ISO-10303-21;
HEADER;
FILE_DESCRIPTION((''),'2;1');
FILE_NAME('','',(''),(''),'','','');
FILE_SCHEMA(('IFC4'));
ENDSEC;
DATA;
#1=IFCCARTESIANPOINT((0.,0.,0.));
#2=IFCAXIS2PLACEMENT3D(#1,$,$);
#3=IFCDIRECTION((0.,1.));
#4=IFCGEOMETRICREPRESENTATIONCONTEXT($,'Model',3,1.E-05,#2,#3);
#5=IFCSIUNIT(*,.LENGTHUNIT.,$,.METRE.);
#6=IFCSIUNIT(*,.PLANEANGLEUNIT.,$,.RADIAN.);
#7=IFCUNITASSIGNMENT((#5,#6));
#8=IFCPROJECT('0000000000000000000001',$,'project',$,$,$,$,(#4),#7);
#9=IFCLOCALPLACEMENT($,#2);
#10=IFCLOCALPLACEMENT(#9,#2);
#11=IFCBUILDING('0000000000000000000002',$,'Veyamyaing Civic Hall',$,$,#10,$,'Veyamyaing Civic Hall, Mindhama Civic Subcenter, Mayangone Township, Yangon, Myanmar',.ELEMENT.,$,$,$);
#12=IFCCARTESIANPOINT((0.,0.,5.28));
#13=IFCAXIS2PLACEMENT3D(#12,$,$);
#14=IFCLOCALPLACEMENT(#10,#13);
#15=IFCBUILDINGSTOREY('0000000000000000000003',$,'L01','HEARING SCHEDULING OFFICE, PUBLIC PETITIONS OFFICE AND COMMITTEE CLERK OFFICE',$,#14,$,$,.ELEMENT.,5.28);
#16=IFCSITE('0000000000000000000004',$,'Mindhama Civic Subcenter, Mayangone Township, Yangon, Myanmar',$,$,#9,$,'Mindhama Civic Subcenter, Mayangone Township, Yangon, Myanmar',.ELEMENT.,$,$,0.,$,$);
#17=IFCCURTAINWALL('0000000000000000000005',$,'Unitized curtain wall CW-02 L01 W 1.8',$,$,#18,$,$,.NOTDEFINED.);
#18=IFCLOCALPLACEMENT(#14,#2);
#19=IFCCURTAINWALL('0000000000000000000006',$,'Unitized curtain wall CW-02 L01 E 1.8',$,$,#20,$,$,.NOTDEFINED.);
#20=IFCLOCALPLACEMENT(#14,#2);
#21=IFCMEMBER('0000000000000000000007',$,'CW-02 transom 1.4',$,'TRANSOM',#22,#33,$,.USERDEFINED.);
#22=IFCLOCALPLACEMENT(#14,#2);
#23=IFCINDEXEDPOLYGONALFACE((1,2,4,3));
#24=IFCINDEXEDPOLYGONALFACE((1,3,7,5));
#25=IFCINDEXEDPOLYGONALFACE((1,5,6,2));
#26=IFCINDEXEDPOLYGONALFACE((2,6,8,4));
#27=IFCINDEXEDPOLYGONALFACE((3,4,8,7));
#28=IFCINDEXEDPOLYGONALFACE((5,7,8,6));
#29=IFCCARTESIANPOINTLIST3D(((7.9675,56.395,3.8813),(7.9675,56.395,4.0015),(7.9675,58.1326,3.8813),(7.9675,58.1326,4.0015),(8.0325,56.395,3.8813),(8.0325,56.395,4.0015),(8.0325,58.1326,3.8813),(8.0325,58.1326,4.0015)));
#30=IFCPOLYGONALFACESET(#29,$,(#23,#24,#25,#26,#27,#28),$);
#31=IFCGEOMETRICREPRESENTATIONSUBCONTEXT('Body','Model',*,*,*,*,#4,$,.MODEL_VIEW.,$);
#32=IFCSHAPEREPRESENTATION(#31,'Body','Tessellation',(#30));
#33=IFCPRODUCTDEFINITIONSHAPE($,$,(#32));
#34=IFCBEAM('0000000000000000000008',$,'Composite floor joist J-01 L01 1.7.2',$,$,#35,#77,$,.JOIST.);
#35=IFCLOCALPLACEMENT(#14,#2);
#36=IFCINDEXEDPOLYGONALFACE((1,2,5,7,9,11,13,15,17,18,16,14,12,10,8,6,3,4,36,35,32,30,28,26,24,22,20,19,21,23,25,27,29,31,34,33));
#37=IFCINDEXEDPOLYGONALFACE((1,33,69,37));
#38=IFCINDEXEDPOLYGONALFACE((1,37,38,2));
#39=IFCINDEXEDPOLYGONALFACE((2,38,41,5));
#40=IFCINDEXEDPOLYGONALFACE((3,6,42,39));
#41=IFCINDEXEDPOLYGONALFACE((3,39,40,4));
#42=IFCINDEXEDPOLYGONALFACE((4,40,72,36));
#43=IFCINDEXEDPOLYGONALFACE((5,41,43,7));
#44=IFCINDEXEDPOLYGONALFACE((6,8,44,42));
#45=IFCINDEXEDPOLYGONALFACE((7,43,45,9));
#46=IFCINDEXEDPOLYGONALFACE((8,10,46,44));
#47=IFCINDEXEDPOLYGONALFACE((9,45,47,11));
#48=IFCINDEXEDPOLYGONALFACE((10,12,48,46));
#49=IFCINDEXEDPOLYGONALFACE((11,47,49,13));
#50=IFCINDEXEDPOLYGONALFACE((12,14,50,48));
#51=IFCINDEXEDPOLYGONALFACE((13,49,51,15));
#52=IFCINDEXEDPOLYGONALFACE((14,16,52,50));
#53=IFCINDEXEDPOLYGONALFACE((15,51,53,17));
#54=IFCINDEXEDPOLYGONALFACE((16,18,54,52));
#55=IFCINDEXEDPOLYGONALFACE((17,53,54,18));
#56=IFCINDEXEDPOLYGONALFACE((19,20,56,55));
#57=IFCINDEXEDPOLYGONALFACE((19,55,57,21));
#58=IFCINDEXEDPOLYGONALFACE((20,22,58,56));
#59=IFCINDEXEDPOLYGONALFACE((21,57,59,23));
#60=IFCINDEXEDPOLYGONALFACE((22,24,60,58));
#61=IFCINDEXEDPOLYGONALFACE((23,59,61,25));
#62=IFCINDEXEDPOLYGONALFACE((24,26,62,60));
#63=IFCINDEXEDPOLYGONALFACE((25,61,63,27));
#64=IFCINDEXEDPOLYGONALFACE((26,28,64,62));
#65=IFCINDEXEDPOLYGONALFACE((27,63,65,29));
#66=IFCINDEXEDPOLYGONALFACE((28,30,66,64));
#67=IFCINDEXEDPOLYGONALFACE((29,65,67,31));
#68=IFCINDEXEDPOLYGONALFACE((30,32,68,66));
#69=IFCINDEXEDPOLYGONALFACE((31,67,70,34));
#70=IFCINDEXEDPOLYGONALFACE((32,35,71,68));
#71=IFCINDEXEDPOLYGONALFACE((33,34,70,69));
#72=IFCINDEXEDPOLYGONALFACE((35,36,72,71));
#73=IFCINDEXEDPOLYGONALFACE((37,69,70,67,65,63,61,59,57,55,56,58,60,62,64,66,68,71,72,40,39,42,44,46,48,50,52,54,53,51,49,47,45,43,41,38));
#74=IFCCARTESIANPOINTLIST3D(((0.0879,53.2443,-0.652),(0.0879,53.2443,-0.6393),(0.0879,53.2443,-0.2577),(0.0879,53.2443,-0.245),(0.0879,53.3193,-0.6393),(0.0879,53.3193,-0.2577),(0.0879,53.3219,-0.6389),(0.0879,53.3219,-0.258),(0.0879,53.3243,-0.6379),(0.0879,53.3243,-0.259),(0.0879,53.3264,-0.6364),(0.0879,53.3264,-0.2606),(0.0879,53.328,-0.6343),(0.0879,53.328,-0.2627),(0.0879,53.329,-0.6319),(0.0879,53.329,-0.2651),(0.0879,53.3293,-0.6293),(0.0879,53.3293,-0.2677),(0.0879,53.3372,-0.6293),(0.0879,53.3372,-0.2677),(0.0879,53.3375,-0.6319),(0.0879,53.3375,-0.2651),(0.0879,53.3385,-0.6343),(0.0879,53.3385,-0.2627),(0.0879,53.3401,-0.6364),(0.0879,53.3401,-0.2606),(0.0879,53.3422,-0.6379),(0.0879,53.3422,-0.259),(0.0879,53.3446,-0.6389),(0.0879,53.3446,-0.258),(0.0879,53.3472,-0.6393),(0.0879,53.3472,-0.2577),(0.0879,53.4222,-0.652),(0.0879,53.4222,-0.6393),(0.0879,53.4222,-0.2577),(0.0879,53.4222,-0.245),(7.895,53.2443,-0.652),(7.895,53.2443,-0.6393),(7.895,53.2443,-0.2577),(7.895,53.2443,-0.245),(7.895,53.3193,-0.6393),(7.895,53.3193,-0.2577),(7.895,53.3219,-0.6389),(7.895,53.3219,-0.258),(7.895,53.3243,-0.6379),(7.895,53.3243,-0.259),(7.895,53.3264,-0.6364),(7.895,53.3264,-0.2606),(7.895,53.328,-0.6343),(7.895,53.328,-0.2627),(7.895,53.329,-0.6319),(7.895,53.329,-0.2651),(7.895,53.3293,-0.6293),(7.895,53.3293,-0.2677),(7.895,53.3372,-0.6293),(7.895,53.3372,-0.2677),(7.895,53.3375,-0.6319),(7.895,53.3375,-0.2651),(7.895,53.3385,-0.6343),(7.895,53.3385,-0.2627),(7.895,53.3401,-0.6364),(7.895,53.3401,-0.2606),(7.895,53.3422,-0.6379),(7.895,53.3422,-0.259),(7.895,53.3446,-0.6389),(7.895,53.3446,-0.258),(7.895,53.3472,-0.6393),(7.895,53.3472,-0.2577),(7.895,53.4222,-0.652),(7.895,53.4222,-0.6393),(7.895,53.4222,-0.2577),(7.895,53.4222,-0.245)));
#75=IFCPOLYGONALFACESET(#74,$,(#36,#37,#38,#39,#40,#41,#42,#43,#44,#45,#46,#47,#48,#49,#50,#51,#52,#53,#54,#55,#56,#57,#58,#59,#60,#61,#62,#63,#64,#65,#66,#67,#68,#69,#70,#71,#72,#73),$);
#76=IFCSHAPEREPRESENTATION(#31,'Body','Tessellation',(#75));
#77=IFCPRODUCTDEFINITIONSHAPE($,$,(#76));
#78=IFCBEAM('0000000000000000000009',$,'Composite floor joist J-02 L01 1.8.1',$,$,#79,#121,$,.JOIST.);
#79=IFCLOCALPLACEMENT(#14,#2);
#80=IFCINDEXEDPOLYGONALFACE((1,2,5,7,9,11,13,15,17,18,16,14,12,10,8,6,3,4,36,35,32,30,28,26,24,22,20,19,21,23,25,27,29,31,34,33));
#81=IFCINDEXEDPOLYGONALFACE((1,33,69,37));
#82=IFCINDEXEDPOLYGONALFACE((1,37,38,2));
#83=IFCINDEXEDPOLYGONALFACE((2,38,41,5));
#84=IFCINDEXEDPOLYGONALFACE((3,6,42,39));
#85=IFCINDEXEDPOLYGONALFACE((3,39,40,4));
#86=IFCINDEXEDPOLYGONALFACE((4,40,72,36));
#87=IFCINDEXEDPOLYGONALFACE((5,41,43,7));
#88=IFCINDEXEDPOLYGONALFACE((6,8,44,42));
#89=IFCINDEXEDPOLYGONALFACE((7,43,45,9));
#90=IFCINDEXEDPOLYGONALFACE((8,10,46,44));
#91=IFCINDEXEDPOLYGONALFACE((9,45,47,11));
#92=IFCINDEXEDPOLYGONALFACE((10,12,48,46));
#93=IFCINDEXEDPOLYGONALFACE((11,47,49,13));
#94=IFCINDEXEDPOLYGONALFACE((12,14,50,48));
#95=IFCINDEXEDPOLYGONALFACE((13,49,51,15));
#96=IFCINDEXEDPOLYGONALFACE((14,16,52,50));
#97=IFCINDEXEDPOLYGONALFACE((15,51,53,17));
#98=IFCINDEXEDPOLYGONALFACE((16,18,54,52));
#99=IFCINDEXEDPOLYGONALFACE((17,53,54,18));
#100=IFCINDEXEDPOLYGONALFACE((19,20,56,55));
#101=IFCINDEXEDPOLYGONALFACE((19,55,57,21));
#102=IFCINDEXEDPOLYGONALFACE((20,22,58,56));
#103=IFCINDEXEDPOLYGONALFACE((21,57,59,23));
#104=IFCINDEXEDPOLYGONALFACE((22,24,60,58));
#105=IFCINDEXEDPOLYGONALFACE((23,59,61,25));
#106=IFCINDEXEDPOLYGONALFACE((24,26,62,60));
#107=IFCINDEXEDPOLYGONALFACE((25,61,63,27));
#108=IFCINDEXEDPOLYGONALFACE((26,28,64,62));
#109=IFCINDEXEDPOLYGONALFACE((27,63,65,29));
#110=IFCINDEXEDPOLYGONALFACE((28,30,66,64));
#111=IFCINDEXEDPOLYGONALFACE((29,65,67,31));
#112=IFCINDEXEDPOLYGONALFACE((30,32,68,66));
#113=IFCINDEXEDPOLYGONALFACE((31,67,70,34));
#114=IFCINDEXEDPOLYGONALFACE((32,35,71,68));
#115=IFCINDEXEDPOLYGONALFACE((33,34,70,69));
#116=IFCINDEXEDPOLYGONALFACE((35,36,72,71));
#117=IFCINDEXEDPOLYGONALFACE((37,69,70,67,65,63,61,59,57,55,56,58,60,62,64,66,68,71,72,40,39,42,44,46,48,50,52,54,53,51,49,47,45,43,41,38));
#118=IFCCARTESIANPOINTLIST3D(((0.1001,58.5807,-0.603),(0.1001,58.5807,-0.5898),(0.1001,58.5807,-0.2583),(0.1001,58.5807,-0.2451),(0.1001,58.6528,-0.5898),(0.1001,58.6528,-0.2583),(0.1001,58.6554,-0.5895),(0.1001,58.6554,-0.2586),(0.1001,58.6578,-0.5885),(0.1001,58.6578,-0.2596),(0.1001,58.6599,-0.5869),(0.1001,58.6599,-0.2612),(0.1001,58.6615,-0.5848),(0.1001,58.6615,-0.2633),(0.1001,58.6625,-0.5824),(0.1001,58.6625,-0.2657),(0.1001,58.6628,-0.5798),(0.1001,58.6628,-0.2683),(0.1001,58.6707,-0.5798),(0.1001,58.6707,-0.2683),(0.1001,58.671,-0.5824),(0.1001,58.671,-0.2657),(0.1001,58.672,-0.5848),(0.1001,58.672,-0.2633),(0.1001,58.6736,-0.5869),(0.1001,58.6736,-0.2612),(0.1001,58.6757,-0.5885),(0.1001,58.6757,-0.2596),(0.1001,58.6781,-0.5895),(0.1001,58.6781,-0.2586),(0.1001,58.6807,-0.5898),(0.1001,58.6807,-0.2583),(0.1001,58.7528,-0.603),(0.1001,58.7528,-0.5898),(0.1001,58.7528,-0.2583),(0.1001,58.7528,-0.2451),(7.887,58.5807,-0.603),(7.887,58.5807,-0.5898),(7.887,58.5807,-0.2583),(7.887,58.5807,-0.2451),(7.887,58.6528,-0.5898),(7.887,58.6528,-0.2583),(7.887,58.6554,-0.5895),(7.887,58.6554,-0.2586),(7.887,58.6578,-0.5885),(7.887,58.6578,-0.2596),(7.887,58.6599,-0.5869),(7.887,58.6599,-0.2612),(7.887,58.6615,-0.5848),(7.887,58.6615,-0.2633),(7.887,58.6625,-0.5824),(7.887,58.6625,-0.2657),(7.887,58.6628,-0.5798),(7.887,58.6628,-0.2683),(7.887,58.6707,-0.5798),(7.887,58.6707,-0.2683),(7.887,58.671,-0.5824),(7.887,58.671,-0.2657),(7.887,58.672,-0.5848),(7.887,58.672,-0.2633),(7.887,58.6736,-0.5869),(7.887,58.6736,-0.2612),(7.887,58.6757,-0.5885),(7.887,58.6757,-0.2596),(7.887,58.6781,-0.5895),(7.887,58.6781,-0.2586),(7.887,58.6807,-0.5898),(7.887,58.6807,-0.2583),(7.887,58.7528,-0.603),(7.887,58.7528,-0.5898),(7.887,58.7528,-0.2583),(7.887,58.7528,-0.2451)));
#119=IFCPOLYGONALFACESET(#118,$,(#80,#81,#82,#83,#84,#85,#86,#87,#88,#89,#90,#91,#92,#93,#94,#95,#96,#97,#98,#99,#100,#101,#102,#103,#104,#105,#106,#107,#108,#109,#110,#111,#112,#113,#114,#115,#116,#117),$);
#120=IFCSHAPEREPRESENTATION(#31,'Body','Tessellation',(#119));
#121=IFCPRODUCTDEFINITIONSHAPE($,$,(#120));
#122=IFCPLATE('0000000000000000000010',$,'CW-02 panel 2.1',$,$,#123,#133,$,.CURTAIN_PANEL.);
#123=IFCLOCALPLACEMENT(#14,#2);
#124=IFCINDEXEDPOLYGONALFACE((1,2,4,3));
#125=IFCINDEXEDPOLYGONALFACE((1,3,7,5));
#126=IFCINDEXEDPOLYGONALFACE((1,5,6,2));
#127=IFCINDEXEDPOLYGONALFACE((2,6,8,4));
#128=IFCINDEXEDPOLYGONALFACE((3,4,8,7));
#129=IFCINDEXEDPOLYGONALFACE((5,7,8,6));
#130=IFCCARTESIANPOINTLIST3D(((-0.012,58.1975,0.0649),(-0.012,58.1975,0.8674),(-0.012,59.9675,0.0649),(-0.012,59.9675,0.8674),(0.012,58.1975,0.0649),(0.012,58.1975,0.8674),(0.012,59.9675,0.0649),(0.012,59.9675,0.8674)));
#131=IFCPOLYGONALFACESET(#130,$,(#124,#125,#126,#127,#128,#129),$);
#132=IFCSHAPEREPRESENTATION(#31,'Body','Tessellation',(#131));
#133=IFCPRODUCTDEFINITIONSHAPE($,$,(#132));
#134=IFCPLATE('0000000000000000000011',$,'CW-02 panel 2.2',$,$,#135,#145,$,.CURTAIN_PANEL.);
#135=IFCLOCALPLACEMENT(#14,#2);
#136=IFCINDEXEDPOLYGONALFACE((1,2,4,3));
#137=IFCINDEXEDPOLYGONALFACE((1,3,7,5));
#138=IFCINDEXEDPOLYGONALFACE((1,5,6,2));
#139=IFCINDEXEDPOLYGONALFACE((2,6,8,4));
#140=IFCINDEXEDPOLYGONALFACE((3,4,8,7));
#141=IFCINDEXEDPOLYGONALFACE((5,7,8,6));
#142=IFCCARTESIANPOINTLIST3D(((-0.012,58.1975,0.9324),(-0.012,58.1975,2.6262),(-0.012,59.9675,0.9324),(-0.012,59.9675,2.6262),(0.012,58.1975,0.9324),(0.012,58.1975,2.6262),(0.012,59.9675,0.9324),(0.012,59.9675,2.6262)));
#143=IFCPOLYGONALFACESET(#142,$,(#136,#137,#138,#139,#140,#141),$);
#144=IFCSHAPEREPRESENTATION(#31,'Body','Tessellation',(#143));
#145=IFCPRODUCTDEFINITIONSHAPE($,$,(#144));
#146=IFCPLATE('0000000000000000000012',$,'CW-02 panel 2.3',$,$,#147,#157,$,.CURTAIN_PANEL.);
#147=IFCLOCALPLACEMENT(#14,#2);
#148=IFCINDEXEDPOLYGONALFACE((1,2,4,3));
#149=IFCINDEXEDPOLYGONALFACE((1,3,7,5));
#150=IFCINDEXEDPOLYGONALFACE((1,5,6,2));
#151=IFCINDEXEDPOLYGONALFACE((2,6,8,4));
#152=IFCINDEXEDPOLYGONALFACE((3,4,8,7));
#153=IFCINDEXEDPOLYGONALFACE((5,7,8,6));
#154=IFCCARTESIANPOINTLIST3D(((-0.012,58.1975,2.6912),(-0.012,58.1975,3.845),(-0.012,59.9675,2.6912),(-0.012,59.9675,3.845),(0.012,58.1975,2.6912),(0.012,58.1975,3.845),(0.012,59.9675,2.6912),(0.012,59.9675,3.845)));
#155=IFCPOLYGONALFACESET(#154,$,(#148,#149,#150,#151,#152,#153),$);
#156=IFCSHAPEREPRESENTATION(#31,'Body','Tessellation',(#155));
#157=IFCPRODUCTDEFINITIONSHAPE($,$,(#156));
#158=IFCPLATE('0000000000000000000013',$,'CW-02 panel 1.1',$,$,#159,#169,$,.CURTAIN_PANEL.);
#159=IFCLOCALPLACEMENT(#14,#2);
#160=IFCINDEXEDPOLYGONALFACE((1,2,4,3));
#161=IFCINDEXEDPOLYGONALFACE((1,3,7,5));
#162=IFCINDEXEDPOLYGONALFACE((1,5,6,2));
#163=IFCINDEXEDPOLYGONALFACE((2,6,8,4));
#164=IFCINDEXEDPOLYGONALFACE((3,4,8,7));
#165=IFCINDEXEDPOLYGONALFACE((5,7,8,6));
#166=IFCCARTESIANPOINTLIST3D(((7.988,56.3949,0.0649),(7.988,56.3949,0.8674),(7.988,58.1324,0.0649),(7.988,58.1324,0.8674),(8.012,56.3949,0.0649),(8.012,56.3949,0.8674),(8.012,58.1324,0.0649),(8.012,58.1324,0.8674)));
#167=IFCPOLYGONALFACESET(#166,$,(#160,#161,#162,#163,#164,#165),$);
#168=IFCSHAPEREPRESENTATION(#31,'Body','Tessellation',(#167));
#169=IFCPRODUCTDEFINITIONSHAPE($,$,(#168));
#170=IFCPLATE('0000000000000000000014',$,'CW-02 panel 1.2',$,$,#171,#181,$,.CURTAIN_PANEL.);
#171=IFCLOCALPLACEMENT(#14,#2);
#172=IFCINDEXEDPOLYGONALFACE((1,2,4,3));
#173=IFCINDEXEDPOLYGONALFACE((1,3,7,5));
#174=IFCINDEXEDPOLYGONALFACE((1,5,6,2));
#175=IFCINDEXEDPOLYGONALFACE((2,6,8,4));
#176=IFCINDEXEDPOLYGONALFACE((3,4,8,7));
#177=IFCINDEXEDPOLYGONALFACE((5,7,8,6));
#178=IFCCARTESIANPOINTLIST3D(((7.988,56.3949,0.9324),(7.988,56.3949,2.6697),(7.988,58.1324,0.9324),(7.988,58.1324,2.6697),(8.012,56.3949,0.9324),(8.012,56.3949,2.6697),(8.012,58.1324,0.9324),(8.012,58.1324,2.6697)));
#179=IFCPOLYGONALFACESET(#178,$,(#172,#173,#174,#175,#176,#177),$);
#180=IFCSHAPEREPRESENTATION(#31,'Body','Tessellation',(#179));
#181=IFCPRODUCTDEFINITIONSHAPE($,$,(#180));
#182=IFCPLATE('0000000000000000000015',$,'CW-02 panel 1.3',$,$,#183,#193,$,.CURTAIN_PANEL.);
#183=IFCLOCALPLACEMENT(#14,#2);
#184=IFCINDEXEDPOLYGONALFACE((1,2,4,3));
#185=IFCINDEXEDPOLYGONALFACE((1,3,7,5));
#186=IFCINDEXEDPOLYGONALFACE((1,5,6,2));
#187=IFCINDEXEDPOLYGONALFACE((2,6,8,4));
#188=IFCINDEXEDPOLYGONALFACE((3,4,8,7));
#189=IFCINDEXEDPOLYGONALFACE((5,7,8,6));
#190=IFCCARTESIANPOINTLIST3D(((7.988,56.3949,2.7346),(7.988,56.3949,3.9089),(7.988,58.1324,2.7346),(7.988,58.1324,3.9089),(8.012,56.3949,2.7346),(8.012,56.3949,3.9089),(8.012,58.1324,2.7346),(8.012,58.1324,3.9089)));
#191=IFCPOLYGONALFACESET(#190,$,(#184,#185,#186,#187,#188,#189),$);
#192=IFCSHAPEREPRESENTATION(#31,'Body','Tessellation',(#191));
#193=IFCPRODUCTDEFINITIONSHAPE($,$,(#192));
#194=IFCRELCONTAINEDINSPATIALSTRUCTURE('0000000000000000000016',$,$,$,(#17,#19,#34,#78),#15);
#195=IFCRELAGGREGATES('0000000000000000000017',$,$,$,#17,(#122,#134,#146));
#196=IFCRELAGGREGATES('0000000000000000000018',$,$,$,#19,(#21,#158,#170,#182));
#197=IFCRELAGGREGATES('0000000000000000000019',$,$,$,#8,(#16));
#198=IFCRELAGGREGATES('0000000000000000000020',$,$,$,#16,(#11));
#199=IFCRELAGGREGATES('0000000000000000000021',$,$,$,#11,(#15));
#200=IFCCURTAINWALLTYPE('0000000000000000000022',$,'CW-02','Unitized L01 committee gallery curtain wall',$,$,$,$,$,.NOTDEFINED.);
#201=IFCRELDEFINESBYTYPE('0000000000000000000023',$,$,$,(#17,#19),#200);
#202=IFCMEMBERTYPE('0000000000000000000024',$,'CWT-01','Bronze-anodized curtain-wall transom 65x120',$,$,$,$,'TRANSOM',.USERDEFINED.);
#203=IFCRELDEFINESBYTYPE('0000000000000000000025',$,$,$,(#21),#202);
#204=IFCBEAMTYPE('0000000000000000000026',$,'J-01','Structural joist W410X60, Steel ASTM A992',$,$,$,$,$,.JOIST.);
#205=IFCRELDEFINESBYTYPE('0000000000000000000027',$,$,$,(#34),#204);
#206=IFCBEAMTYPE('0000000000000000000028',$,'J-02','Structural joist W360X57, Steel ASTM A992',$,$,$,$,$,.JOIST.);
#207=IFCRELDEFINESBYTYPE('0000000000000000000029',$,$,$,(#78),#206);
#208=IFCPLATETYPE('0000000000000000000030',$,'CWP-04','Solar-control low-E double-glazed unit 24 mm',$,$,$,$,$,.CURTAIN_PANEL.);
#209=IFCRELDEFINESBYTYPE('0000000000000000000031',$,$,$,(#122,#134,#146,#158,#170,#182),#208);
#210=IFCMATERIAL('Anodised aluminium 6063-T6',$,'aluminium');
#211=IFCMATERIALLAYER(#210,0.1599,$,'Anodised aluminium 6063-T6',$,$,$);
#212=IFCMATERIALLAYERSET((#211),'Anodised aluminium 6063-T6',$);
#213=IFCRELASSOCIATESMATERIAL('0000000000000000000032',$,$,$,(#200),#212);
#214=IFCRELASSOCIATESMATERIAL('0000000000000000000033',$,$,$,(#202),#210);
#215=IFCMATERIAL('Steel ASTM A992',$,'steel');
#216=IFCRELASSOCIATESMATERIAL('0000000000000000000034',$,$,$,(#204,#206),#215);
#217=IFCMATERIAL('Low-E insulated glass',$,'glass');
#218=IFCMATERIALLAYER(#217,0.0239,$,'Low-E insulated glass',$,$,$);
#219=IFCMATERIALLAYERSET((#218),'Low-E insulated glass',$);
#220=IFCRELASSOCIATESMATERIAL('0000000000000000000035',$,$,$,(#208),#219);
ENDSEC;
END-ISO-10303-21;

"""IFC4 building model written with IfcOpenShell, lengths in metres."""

from ifc_helpers import new_model, si_unit, direction, frame, origin, origin_2d, place, context, subcontext, project, spatial, rectangle, i_section, extrude, material, layer, layer_set, material_profile, profile_set, type_object, element, aggregate, save


model = new_model("IFC4")

# Units and contexts
model_context = context("Model", 3, precision=1e-05, world=origin(), true_north=direction((0.0, 1.0)))
body_context = subcontext(model_context, "Body", "Model", "MODEL_VIEW")
ifc_project = project(units=[si_unit("LENGTHUNIT", "METRE"), si_unit("PLANEANGLEUNIT", "RADIAN")], contexts=[model_context])

# Site, building, storey
site_placement = place(None, origin())
site = spatial("IfcSite", under=ifc_project, at=site_placement, Name="Mindhama Civic Subcenter, Mayangone Township, Yangon, Myanmar", LongName="Mindhama Civic Subcenter, Mayangone Township, Yangon, Myanmar", CompositionType="ELEMENT", RefElevation=0.0)
building_placement = place(site_placement, origin())
building = spatial("IfcBuilding", under=site, at=building_placement, Name="Veyamyaing Civic Hall", LongName="Veyamyaing Civic Hall, Mindhama Civic Subcenter, Mayangone Township, Yangon, Myanmar", CompositionType="ELEMENT")
storey_placement = place(building_placement, frame((0.0, 0.0, 5.28)))
storey = spatial("IfcBuildingStorey", under=building, at=storey_placement, Name="L01", Description="HEARING SCHEDULING OFFICE, PUBLIC PETITIONS OFFICE AND COMMITTEE CLERK OFFICE", CompositionType="ELEMENT", Elevation=5.28)

# Shared definitions
ifc_material_1 = material(Name="Steel ASTM A992", Category="steel")

# Curtain wall
ifc_material_2 = material(Name="Anodised aluminium 6063-T6", Category="aluminium")
ifc_layer_1 = layer(ifc_material_2, 0.1599, Name="Anodised aluminium 6063-T6")
ifc_layer_set_1 = layer_set([ifc_layer_1], Name="Anodised aluminium 6063-T6")
curtain_wall_type = type_object("IfcCurtainWallType", Name="CW-02", Description="Unitized L01 committee gallery curtain wall", PredefinedType="NOTDEFINED", material=ifc_layer_set_1)
curtain_wall_1_placement = place(storey_placement, origin())
curtain_wall_1 = element("IfcCurtainWall", 1, at=curtain_wall_1_placement, inside=storey, type_object=curtain_wall_type, Name="Unitized curtain wall CW-02 L01 W 1.8", PredefinedType="NOTDEFINED")

# Curtain wall, member
curtain_wall_2_placement = place(storey_placement, origin())
curtain_wall_2 = element("IfcCurtainWall", 2, at=curtain_wall_2_placement, inside=storey, type_object=curtain_wall_type, Name="Unitized curtain wall CW-02 L01 E 1.8", PredefinedType="NOTDEFINED")
ifc_material_profile_1 = material_profile(ifc_material_2, rectangle(XDim=0.0649, YDim=0.1201, at=origin_2d()), Name="ALU-TRN-65X120")
ifc_profile_set_1 = profile_set([ifc_material_profile_1], Name="Anodised aluminium 6063-T6")
member_type_1 = type_object("IfcMemberType", Name="CWT-01", Description="Bronze-anodized curtain-wall transom 65x120", ElementType="TRANSOM", PredefinedType="USERDEFINED", material=ifc_profile_set_1)
member_1_placement = place(storey_placement, frame((8.0, 56.395, 3.9414), z_axis=(0.0, 1.0, 0.0), x_axis=(-1.0, 0.0, 0.0)))
member_1 = element("IfcMember", 3, at=member_1_placement, type_object=member_type_1, Name="CW-02 transom 1.4", ObjectType="TRANSOM", PredefinedType="USERDEFINED", context=body_context, shape_type="SweptSolid", body=[
    extrude(rectangle(XDim=0.0649, YDim=0.1201, at=origin_2d()), origin(), (0.0, 0.0, 1.0), 1.7375),
])

# Beams
ifc_material_profile_2 = material_profile(ifc_material_1, i_section(OverallWidth=0.178, OverallDepth=0.407, WebThickness=0.0078, FlangeThickness=0.0127, FilletRadius=0.01, at=origin_2d()), Name="W410X60")
ifc_profile_set_2 = profile_set([ifc_material_profile_2], Name="Steel ASTM A992")
beam_type_1 = type_object("IfcBeamType", Name="J-01", Description="Structural joist W410X60, Steel ASTM A992", PredefinedType="JOIST", material=ifc_profile_set_2)
beam_1_placement = place(storey_placement, frame((0.0879, 53.3333, -0.4485), z_axis=(1.0, 0.0, 0.0), x_axis=(0.0, 1.0, 0.0)))
element("IfcBeam", 4, at=beam_1_placement, inside=storey, type_object=beam_type_1, Name="Composite floor joist J-01 L01 1.7.2", PredefinedType="JOIST", context=body_context, shape_type="SweptSolid", body=[
    extrude(i_section(OverallWidth=0.178, OverallDepth=0.407, WebThickness=0.0078, FlangeThickness=0.0127, FilletRadius=0.01, at=origin_2d()), origin(), (0.0, 0.0, 1.0), 7.8071),
])
ifc_material_profile_3 = material_profile(ifc_material_1, i_section(OverallWidth=0.1721, OverallDepth=0.3579, WebThickness=0.0078, FlangeThickness=0.0132, FilletRadius=0.01, at=origin_2d()), Name="W360X57")
ifc_profile_set_3 = profile_set([ifc_material_profile_3], Name="Steel ASTM A992")
beam_type_2 = type_object("IfcBeamType", Name="J-02", Description="Structural joist W360X57, Steel ASTM A992", PredefinedType="JOIST", material=ifc_profile_set_3)
beam_2_placement = place(storey_placement, frame((0.1001, 58.6667, -0.4241), z_axis=(1.0, 0.0, 0.0), x_axis=(0.0, 1.0, 0.0)))
element("IfcBeam", 5, at=beam_2_placement, inside=storey, type_object=beam_type_2, Name="Composite floor joist J-02 L01 1.8.1", PredefinedType="JOIST", context=body_context, shape_type="SweptSolid", body=[
    extrude(i_section(OverallWidth=0.1721, OverallDepth=0.3579, WebThickness=0.0078, FlangeThickness=0.0132, FilletRadius=0.01, at=origin_2d()), origin(), (0.0, 0.0, 1.0), 7.7869),
])

# Plates
ifc_material_3 = material(Name="Low-E insulated glass", Category="glass")
ifc_layer_2 = layer(ifc_material_3, 0.0239, Name="Low-E insulated glass")
ifc_layer_set_2 = layer_set([ifc_layer_2], Name="Low-E insulated glass")
plate_type = type_object("IfcPlateType", Name="CWP-04", Description="Solar-control low-E double-glazed unit 24 mm", PredefinedType="CURTAIN_PANEL", material=ifc_layer_set_2)
plate_1_placement = place(storey_placement, frame((0.0, 59.0825, 0.0649), z_axis=(0.0, 0.0, 1.0), x_axis=(0.0, 1.0, 0.0)))
plate_1 = element("IfcPlate", 6, at=plate_1_placement, type_object=plate_type, Name="CW-02 panel 2.1", PredefinedType="CURTAIN_PANEL", context=body_context, shape_type="SweptSolid", body=[
    extrude(rectangle(XDim=1.77, YDim=0.0239, at=origin_2d()), origin(), (0.0, 0.0, 1.0), 0.8025),
])
plate_2_placement = place(storey_placement, frame((0.0, 59.0825, 0.9324), z_axis=(0.0, 0.0, 1.0), x_axis=(0.0, 1.0, 0.0)))
plate_2 = element("IfcPlate", 7, at=plate_2_placement, type_object=plate_type, Name="CW-02 panel 2.2", PredefinedType="CURTAIN_PANEL", context=body_context, shape_type="SweptSolid", body=[
    extrude(rectangle(XDim=1.77, YDim=0.0239, at=origin_2d()), origin(), (0.0, 0.0, 1.0), 1.6938),
])
plate_3_placement = place(storey_placement, frame((0.0, 59.0825, 2.6912), z_axis=(0.0, 0.0, 1.0), x_axis=(0.0, 1.0, 0.0)))
plate_3 = element("IfcPlate", 8, at=plate_3_placement, type_object=plate_type, Name="CW-02 panel 2.3", PredefinedType="CURTAIN_PANEL", context=body_context, shape_type="SweptSolid", body=[
    extrude(rectangle(XDim=1.77, YDim=0.0239, at=origin_2d()), origin(), (0.0, 0.0, 1.0), 1.1538),
])
aggregate(curtain_wall_1, [plate_1, plate_2, plate_3])
plate_4_placement = place(storey_placement, frame((8.0, 57.2637, 0.0649), z_axis=(0.0, 0.0, 1.0), x_axis=(0.0, 1.0, 0.0)))
plate_4 = element("IfcPlate", 9, at=plate_4_placement, type_object=plate_type, Name="CW-02 panel 1.1", PredefinedType="CURTAIN_PANEL", context=body_context, shape_type="SweptSolid", body=[
    extrude(rectangle(XDim=1.7375, YDim=0.0239, at=origin_2d()), origin(), (0.0, 0.0, 1.0), 0.8025),
])
plate_5_placement = place(storey_placement, frame((8.0, 57.2637, 0.9324), z_axis=(0.0, 0.0, 1.0), x_axis=(0.0, 1.0, 0.0)))
plate_5 = element("IfcPlate", 10, at=plate_5_placement, type_object=plate_type, Name="CW-02 panel 1.2", PredefinedType="CURTAIN_PANEL", context=body_context, shape_type="SweptSolid", body=[
    extrude(rectangle(XDim=1.7375, YDim=0.0239, at=origin_2d()), origin(), (0.0, 0.0, 1.0), 1.7373),
])
plate_6_placement = place(storey_placement, frame((8.0, 57.2637, 2.7346), z_axis=(0.0, 0.0, 1.0), x_axis=(0.0, 1.0, 0.0)))
plate_6 = element("IfcPlate", 11, at=plate_6_placement, type_object=plate_type, Name="CW-02 panel 1.3", PredefinedType="CURTAIN_PANEL", context=body_context, shape_type="SweptSolid", body=[
    extrude(rectangle(XDim=1.7375, YDim=0.0239, at=origin_2d()), origin(), (0.0, 0.0, 1.0), 1.1743),
])
aggregate(curtain_wall_2, [member_1, plate_4, plate_5, plate_6])

save(model, "model.ifc")
